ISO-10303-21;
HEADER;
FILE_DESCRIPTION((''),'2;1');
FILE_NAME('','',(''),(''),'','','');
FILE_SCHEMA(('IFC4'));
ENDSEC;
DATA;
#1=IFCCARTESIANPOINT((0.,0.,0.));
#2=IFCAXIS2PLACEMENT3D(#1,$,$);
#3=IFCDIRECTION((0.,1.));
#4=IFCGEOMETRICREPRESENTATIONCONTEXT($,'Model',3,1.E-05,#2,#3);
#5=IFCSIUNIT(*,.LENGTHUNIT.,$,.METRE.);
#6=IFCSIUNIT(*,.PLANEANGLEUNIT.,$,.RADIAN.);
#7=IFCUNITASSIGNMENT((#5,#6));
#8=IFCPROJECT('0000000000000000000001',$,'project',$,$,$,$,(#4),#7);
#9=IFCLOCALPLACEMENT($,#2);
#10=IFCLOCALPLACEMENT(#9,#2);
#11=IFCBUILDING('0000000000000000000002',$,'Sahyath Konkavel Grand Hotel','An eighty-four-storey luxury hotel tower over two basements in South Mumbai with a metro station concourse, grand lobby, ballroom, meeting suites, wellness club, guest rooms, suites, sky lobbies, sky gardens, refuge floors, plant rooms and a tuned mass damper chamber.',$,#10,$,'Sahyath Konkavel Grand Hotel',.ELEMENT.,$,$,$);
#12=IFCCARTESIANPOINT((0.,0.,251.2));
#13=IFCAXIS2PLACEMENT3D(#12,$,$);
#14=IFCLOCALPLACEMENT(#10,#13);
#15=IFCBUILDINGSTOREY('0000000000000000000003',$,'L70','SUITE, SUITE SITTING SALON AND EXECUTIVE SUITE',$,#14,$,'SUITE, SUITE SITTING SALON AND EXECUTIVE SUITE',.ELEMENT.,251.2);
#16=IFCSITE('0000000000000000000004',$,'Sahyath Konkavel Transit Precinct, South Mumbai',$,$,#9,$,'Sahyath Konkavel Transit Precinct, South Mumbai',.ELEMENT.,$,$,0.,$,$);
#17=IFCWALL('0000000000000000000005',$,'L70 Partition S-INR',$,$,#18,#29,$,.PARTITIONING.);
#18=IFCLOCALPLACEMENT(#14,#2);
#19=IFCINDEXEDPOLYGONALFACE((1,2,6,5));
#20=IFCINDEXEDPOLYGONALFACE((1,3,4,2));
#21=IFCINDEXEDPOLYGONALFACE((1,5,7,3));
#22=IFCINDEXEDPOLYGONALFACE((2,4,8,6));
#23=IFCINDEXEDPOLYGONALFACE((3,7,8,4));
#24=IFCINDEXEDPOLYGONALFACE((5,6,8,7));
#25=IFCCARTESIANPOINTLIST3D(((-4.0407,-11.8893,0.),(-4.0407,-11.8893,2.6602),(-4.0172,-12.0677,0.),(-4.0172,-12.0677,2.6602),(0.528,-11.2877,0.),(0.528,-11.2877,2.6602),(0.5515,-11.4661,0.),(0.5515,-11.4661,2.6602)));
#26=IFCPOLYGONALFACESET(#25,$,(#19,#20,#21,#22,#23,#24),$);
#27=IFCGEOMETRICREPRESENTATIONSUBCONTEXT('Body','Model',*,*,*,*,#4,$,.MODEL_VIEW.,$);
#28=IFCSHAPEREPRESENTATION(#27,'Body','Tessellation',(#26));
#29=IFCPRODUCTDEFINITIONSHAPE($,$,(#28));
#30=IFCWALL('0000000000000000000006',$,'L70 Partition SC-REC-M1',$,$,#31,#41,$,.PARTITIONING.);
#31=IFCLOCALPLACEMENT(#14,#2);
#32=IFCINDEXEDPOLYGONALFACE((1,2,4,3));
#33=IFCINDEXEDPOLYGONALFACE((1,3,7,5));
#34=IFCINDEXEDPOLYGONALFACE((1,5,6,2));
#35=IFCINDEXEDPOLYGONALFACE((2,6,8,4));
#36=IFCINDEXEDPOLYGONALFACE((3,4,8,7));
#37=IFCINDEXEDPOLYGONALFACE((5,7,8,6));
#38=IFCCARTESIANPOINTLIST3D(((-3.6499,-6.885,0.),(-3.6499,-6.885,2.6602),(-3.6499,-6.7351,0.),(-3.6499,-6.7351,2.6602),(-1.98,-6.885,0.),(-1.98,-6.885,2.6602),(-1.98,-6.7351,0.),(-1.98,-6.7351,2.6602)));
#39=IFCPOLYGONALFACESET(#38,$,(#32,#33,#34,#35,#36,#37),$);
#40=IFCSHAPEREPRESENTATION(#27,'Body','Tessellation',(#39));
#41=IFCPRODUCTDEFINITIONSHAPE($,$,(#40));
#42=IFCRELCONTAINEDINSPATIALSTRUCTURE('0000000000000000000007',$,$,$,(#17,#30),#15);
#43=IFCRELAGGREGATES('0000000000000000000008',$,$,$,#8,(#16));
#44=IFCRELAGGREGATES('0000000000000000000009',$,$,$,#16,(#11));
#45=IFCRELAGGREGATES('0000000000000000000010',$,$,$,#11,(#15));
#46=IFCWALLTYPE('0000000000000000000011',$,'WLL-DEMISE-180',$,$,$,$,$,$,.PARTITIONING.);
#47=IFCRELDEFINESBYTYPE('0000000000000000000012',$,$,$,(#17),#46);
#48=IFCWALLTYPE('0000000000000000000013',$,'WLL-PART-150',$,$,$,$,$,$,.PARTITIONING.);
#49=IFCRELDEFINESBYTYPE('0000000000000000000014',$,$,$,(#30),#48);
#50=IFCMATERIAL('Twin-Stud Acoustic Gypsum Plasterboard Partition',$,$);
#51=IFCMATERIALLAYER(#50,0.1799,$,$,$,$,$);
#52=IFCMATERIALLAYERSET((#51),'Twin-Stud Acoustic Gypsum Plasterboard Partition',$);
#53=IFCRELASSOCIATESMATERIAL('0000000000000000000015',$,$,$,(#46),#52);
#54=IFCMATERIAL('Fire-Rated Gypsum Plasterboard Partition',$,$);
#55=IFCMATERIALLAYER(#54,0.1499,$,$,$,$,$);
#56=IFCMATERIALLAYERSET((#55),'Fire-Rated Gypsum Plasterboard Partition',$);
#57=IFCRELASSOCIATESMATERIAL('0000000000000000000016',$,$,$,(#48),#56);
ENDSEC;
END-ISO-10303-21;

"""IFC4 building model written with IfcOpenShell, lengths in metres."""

from ifc_helpers import new_model, si_unit, direction, frame, frame_2d, origin, place, context, subcontext, project, spatial, rectangle, extrude, material, layer, layer_set, type_object, element, save


model = new_model("IFC4")

# Units and contexts
model_context = context("Model", 3, precision=1e-05, world=origin(), true_north=direction((0.0, 1.0)))
body_context = subcontext(model_context, "Body", "Model", "MODEL_VIEW")
ifc_project = project(units=[si_unit("LENGTHUNIT", "METRE"), si_unit("PLANEANGLEUNIT", "RADIAN")], contexts=[model_context])

# Site, building, storey
site_placement = place(None, origin())
site = spatial("IfcSite", under=ifc_project, at=site_placement, Name="Sahyath Konkavel Transit Precinct, South Mumbai", LongName="Sahyath Konkavel Transit Precinct, South Mumbai", CompositionType="ELEMENT", RefElevation=0.0)
building_placement = place(site_placement, origin())
building = spatial("IfcBuilding", under=site, at=building_placement, Name="Sahyath Konkavel Grand Hotel", Description="An eighty-four-storey luxury hotel tower over two basements in South Mumbai with a metro station concourse, grand lobby, ballroom, meeting suites, wellness club, guest rooms, suites, sky lobbies, sky gardens, refuge floors, plant rooms and a tuned mass damper chamber.", LongName="Sahyath Konkavel Grand Hotel", CompositionType="ELEMENT")
storey_placement = place(building_placement, frame((0.0, 0.0, 251.2)))
storey = spatial("IfcBuildingStorey", under=building, at=storey_placement, Name="L70", Description="SUITE, SUITE SITTING SALON AND EXECUTIVE SUITE", LongName="SUITE, SUITE SITTING SALON AND EXECUTIVE SUITE", CompositionType="ELEMENT", Elevation=251.2)

# Walls
ifc_material_1 = material(Name="Twin-Stud Acoustic Gypsum Plasterboard Partition")
ifc_layer_1 = layer(ifc_material_1, 0.1799)
ifc_layer_set_1 = layer_set([ifc_layer_1], Name="Twin-Stud Acoustic Gypsum Plasterboard Partition")
wall_type_1 = type_object("IfcWallType", Name="WLL-DEMISE-180", PredefinedType="PARTITIONING", material=ifc_layer_set_1)
wall_1_placement = place(storey_placement, frame((-4.0291, -11.9785, 0.0), z_axis=(0.0, 0.0, 1.0), x_axis=(0.991442, 0.130546, 0.0)))
element("IfcWall", 1, at=wall_1_placement, inside=storey, type_object=wall_type_1, Name="L70 Partition S-INR", PredefinedType="PARTITIONING", context=body_context, shape_type="SweptSolid", body=[
    extrude(rectangle(XDim=4.6082, YDim=0.1799, at=frame_2d((2.3042, 0.0))), origin(), (0.0, 0.0, 1.0), 2.6602),
])
ifc_material_2 = material(Name="Fire-Rated Gypsum Plasterboard Partition")
ifc_layer_2 = layer(ifc_material_2, 0.1499)
ifc_layer_set_2 = layer_set([ifc_layer_2], Name="Fire-Rated Gypsum Plasterboard Partition")
wall_type_2 = type_object("IfcWallType", Name="WLL-PART-150", PredefinedType="PARTITIONING", material=ifc_layer_set_2)
wall_2_placement = place(storey_placement, frame((-3.6499, -6.8101, 0.0), z_axis=(0.0, 0.0, 1.0), x_axis=(1.0, 0.0, 0.0)))
element("IfcWall", 2, at=wall_2_placement, inside=storey, type_object=wall_type_2, Name="L70 Partition SC-REC-M1", PredefinedType="PARTITIONING", context=body_context, shape_type="SweptSolid", body=[
    extrude(rectangle(XDim=1.6699, YDim=0.1499, at=frame_2d((0.835, 0.0))), origin(), (0.0, 0.0, 1.0), 2.6602),
])

save(model, "model.ifc")
